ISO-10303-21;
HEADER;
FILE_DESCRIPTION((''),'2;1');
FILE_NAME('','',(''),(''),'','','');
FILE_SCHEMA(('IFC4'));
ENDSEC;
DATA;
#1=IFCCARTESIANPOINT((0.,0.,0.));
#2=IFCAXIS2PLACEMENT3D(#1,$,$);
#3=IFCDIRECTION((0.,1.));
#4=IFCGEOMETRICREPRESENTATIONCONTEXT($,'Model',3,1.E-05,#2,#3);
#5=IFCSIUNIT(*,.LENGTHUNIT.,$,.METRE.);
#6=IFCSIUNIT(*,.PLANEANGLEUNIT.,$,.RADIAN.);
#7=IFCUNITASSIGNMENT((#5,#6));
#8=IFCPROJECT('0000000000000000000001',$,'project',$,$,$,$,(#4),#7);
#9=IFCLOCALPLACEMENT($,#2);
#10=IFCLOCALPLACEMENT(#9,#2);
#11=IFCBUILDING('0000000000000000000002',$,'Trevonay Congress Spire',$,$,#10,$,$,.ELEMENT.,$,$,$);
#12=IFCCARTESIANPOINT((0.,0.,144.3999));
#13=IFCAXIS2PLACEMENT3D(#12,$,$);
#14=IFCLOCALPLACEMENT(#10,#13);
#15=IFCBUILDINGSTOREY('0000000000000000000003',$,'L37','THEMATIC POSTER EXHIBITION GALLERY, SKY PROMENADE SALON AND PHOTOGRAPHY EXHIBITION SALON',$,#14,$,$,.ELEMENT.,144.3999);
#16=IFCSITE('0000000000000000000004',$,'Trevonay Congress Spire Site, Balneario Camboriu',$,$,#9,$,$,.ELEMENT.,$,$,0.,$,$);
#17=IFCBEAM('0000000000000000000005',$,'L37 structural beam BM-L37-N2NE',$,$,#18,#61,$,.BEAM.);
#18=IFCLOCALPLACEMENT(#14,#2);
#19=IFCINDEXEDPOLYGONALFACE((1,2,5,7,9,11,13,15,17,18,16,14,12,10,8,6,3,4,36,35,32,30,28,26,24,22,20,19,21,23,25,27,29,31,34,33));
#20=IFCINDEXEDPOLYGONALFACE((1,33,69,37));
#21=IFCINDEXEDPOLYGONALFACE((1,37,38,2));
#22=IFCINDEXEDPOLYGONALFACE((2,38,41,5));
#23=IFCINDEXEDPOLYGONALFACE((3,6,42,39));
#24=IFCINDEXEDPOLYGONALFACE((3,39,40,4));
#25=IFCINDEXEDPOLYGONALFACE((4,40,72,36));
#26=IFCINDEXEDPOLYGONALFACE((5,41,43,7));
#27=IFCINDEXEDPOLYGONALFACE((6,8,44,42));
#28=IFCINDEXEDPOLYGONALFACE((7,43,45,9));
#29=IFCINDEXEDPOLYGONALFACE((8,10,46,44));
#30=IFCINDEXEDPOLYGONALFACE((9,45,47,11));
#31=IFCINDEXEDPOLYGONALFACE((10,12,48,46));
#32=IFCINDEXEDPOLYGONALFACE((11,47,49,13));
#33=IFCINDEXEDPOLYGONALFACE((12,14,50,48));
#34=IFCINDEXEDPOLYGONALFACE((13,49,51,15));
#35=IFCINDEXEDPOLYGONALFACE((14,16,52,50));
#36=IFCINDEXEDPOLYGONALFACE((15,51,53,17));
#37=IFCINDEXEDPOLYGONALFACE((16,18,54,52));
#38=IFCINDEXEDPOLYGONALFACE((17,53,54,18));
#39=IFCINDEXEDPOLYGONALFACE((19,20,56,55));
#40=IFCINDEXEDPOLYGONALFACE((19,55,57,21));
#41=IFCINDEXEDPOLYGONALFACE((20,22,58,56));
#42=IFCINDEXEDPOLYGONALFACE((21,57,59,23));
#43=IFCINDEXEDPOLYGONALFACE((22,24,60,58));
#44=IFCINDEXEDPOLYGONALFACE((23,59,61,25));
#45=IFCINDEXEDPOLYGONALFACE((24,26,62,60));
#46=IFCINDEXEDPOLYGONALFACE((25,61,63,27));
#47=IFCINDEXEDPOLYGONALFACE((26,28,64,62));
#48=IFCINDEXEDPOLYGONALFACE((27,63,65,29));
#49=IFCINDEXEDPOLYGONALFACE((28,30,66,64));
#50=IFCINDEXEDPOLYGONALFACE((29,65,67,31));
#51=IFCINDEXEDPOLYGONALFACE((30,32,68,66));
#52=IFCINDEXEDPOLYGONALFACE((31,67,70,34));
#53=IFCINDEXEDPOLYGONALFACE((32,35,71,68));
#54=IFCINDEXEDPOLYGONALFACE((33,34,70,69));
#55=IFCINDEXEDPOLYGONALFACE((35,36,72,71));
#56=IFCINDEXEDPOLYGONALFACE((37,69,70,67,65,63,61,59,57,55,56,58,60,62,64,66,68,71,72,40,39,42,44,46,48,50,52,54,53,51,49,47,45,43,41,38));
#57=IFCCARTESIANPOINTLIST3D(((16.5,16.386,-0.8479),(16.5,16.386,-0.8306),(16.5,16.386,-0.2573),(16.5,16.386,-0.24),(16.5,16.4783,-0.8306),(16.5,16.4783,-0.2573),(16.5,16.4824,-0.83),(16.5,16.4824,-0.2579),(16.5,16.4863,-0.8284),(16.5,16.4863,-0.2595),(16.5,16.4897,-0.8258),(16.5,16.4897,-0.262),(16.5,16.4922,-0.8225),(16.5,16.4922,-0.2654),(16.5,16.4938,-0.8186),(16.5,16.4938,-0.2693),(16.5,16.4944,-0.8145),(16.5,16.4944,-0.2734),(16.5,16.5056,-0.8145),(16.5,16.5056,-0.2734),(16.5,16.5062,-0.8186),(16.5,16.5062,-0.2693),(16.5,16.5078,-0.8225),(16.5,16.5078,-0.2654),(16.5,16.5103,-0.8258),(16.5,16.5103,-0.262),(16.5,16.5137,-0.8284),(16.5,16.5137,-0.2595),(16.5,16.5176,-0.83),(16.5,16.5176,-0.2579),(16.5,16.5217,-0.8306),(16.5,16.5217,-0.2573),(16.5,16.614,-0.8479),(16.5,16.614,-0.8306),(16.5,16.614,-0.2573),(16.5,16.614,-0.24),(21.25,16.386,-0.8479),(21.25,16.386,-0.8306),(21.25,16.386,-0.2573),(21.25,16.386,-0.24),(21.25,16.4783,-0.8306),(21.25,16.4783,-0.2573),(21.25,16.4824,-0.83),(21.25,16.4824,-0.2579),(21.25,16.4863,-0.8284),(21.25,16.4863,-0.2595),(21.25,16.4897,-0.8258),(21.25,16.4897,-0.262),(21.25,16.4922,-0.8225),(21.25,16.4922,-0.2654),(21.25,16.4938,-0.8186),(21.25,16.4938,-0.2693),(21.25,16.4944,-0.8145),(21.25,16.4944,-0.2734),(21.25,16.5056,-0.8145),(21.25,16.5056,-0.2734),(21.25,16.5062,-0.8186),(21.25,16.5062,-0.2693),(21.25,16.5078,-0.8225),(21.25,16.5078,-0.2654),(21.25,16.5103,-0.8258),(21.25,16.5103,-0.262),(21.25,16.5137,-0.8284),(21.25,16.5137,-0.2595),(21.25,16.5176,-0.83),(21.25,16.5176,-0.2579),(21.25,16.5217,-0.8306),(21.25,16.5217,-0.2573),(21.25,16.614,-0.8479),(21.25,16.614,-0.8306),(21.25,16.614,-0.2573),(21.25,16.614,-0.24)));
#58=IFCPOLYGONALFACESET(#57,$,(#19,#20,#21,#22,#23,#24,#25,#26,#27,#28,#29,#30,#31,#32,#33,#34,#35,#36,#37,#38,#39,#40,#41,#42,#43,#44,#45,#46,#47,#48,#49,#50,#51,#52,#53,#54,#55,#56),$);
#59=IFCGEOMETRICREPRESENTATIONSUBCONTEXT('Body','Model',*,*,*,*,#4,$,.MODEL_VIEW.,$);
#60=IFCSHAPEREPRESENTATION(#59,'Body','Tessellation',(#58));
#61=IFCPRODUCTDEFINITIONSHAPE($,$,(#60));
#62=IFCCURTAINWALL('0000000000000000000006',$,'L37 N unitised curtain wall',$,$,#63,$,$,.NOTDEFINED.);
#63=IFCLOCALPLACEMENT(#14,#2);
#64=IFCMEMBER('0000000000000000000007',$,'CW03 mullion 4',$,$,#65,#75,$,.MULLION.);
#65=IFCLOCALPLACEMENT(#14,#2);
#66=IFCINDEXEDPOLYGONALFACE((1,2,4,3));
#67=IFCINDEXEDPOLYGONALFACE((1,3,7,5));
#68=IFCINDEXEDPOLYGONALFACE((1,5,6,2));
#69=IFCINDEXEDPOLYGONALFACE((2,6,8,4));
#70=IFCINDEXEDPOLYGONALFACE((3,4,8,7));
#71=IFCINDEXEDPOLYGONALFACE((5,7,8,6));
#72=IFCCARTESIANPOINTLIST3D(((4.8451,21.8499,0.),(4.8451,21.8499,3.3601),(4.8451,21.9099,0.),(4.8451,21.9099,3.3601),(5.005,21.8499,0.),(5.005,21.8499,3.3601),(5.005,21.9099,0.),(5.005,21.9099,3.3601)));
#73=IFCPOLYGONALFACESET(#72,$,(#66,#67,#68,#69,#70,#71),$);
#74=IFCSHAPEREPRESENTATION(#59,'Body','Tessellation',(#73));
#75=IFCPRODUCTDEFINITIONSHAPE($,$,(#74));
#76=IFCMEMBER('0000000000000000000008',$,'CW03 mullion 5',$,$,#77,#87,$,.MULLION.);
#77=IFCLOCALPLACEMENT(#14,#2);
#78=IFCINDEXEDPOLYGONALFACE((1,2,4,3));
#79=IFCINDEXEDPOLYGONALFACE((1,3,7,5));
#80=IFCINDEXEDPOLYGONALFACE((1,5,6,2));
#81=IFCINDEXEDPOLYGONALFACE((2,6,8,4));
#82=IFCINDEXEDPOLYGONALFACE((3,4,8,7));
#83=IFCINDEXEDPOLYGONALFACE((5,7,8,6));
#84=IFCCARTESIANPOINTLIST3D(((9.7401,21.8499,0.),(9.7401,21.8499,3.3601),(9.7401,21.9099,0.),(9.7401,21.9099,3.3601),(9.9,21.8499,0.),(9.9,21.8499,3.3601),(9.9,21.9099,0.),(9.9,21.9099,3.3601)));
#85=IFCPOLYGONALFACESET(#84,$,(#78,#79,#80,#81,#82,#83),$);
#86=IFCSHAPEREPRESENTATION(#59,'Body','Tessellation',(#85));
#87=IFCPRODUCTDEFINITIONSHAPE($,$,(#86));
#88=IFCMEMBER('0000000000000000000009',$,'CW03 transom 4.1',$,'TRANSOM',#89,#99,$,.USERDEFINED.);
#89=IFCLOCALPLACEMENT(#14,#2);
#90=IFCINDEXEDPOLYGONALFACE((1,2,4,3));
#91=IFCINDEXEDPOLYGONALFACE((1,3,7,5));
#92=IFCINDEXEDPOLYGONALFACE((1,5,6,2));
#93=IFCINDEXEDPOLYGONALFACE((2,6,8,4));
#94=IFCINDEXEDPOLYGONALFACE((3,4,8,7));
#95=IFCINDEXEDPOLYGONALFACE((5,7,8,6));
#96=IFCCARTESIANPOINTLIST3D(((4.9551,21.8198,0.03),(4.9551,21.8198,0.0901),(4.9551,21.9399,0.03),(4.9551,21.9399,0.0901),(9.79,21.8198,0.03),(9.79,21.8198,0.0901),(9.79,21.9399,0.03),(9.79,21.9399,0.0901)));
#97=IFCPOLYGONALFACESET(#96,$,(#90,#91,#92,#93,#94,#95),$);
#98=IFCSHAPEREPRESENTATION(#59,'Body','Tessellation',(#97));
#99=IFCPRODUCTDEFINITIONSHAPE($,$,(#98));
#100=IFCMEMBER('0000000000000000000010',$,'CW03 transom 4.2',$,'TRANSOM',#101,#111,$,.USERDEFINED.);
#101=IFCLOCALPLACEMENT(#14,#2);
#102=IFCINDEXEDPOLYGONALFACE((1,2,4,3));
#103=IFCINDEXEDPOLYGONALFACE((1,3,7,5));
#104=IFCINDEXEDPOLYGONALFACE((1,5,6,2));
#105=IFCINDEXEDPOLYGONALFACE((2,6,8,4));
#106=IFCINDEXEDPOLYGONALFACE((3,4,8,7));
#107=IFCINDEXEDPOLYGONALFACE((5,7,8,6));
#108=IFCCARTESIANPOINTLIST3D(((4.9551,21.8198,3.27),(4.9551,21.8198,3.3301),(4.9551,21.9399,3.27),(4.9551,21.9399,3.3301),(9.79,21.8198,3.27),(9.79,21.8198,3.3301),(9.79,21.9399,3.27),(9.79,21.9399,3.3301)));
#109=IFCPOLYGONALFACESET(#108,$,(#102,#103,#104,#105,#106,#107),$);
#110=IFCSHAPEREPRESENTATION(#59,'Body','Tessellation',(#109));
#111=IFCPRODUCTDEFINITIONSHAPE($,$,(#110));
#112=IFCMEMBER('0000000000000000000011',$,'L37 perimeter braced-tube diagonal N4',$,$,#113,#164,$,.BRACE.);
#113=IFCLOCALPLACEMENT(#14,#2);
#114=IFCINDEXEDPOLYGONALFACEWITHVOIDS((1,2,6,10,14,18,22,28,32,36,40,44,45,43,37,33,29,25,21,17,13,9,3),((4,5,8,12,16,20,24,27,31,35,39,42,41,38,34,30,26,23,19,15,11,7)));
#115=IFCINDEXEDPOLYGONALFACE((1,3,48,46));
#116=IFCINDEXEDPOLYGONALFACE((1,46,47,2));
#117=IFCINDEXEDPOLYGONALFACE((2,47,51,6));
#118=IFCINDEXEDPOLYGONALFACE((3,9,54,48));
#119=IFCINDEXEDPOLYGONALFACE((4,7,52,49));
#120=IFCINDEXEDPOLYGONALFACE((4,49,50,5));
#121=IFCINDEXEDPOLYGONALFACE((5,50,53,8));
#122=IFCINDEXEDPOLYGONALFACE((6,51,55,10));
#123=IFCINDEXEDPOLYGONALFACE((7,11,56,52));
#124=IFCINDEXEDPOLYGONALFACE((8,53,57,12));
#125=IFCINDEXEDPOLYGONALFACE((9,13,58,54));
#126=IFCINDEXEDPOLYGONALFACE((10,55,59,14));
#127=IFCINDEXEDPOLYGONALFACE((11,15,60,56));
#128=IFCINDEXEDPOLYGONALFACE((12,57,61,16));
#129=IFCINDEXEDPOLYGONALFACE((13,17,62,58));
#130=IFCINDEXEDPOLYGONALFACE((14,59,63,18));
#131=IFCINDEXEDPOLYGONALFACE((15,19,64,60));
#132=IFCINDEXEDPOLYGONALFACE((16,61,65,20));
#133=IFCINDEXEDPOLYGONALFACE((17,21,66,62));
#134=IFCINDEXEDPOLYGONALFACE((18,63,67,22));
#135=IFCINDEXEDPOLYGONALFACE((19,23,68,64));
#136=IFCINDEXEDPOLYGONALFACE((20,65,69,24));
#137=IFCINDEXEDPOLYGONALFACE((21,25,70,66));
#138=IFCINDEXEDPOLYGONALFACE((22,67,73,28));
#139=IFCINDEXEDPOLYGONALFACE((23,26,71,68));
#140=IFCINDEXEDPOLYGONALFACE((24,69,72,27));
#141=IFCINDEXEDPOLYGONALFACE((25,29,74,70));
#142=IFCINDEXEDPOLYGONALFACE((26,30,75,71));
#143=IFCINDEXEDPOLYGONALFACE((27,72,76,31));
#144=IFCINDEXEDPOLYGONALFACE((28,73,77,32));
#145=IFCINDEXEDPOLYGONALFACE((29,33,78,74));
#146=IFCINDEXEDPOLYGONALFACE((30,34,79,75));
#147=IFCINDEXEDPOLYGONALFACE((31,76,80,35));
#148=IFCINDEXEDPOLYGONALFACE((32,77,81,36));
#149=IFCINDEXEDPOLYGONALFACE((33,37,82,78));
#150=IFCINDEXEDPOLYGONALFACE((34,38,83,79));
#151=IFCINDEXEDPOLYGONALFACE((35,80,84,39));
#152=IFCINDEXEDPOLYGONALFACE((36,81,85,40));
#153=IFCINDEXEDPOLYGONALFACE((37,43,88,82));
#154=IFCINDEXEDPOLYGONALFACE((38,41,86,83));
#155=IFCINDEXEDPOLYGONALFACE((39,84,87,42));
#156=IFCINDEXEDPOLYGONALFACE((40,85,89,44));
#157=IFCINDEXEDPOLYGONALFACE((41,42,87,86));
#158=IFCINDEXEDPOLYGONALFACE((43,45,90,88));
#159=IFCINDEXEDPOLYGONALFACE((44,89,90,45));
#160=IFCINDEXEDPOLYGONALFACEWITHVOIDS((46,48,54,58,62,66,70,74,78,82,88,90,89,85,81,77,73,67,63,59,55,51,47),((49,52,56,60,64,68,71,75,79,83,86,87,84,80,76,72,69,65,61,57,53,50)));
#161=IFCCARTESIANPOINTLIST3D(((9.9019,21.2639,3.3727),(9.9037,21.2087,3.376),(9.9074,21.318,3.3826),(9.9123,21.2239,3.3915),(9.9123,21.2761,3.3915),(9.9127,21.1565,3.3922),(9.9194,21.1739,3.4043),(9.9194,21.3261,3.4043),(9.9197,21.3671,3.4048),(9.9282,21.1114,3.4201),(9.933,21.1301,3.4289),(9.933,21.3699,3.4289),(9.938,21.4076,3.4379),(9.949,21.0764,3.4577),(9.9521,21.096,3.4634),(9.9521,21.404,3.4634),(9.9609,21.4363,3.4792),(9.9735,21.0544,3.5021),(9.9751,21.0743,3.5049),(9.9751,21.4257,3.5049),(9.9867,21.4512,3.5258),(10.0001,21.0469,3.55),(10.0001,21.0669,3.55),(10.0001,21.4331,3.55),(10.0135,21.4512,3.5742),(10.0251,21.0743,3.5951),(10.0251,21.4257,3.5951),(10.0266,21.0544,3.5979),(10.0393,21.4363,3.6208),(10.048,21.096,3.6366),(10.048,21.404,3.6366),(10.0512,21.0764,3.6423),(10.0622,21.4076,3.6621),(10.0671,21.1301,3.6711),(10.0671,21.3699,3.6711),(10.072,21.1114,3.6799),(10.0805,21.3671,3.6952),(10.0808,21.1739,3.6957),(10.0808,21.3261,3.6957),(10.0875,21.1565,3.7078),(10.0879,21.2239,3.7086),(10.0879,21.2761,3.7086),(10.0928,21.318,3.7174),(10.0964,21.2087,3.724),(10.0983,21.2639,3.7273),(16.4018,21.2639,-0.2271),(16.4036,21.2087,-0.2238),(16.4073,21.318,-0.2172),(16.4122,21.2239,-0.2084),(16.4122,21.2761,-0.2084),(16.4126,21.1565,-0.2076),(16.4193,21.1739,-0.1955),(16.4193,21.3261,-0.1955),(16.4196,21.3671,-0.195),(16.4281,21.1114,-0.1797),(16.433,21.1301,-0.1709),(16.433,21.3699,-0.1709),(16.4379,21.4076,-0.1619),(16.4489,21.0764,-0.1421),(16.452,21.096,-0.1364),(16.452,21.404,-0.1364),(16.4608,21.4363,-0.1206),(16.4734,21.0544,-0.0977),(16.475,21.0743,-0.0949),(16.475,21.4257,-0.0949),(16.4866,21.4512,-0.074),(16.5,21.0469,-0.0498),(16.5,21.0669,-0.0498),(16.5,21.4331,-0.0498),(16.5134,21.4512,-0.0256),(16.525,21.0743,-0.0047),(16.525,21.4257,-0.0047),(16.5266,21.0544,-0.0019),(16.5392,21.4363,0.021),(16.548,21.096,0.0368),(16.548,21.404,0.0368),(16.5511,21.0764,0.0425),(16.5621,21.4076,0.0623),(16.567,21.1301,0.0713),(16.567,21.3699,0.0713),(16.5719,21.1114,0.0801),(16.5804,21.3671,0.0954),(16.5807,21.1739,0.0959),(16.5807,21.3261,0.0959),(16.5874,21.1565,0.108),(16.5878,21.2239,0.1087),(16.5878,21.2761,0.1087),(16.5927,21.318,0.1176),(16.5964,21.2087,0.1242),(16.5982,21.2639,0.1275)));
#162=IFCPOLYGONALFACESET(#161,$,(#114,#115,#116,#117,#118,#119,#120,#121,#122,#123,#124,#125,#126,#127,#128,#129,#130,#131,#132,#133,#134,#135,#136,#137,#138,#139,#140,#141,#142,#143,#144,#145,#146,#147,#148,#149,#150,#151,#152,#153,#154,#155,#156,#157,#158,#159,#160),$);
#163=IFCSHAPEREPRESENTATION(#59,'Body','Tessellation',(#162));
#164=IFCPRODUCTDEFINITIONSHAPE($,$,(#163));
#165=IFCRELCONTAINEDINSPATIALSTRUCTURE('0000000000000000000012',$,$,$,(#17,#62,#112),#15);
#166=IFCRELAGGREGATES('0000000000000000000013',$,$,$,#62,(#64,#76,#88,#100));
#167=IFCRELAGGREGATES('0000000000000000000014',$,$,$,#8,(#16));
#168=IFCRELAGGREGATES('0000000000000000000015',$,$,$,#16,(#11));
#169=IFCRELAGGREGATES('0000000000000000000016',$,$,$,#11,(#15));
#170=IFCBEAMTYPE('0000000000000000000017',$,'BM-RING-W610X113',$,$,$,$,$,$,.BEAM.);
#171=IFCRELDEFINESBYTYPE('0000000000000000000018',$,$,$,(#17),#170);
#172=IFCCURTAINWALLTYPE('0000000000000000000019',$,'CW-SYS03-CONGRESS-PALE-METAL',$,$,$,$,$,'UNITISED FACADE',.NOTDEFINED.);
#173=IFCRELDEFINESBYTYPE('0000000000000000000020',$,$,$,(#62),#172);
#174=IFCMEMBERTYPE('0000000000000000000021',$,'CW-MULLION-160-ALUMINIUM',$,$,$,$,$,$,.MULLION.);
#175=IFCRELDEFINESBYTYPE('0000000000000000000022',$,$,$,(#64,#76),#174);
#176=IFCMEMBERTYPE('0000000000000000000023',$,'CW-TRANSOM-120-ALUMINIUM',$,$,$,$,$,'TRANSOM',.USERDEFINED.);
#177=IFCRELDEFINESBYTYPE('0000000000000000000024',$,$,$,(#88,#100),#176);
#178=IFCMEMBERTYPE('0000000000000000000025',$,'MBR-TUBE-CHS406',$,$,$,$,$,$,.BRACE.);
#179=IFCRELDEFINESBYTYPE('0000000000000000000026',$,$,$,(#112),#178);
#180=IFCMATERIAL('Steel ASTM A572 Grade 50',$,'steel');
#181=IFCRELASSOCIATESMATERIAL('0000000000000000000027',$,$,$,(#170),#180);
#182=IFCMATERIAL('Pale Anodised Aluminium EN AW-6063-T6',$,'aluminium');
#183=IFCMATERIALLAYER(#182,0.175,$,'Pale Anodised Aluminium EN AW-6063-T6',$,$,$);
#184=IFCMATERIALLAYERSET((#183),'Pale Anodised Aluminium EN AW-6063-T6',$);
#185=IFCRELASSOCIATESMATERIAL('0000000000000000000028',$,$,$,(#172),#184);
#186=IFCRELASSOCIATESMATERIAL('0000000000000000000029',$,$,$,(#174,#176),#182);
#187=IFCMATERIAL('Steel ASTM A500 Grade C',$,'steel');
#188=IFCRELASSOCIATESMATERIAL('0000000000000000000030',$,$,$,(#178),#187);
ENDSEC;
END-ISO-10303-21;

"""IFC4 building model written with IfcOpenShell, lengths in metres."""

from ifc_helpers import new_model, si_unit, direction, frame, origin, origin_2d, place, context, subcontext, project, spatial, rectangle, hollow_circle, i_section, extrude, material, layer, layer_set, material_profile, profile_set, type_object, element, aggregate, save


model = new_model("IFC4")

# Units and contexts
model_context = context("Model", 3, precision=1e-05, world=origin(), true_north=direction((0.0, 1.0)))
body_context = subcontext(model_context, "Body", "Model", "MODEL_VIEW")
ifc_project = project(units=[si_unit("LENGTHUNIT", "METRE"), si_unit("PLANEANGLEUNIT", "RADIAN")], contexts=[model_context])

# Site, building, storey
site_placement = place(None, origin())
site = spatial("IfcSite", under=ifc_project, at=site_placement, Name="Trevonay Congress Spire Site, Balneario Camboriu", CompositionType="ELEMENT", RefElevation=0.0)
building_placement = place(site_placement, origin())
building = spatial("IfcBuilding", under=site, at=building_placement, Name="Trevonay Congress Spire", CompositionType="ELEMENT")
storey_placement = place(building_placement, frame((0.0, 0.0, 144.3999)))
storey = spatial("IfcBuildingStorey", under=building, at=storey_placement, Name="L37", Description="THEMATIC POSTER EXHIBITION GALLERY, SKY PROMENADE SALON AND PHOTOGRAPHY EXHIBITION SALON", CompositionType="ELEMENT", Elevation=144.3999)

# Shared definitions
ifc_material_1 = material(Name="Steel ASTM A572 Grade 50", Category="steel")

# Beam
ifc_material_profile_1 = material_profile(ifc_material_1, i_section(OverallWidth=0.228, OverallDepth=0.6079, WebThickness=0.0112, FlangeThickness=0.0173, FilletRadius=0.0161, at=origin_2d()), Name="W610x113")
ifc_profile_set_1 = profile_set([ifc_material_profile_1], Name="Steel ASTM A572 Grade 50")
beam_type = type_object("IfcBeamType", Name="BM-RING-W610X113", PredefinedType="BEAM", material=ifc_profile_set_1)
for number, where, z_axis, x_axis, name in (
    (1, (21.25, 16.5, -0.5439), (-1.0, 0.0, 0.0), (0.0, -1.0, 0.0), "L37 structural beam BM-L37-N2NE"),
):
    element("IfcBeam", number, at=place(storey_placement, frame(where, z_axis=z_axis, x_axis=x_axis)), inside=storey, type_object=beam_type, Name=name, PredefinedType="BEAM", context=body_context, shape_type="SweptSolid", body=[
        extrude(i_section(OverallWidth=0.228, OverallDepth=0.6079, WebThickness=0.0112, FlangeThickness=0.0173, FilletRadius=0.0161, at=origin_2d()), origin(), (0.0, 0.0, 1.0), 4.75),
    ])

# Curtain wall, members
ifc_material_2 = material(Name="Pale Anodised Aluminium EN AW-6063-T6", Category="aluminium")
ifc_layer_1 = layer(ifc_material_2, 0.175, Name="Pale Anodised Aluminium EN AW-6063-T6")
ifc_layer_set_1 = layer_set([ifc_layer_1], Name="Pale Anodised Aluminium EN AW-6063-T6")
curtain_wall_type = type_object("IfcCurtainWallType", Name="CW-SYS03-CONGRESS-PALE-METAL", ElementType="UNITISED FACADE", PredefinedType="NOTDEFINED", material=ifc_layer_set_1)
curtain_wall_placement = place(storey_placement, origin())
curtain_wall = element("IfcCurtainWall", 2, at=curtain_wall_placement, inside=storey, type_object=curtain_wall_type, Name="L37 N unitised curtain wall", PredefinedType="NOTDEFINED")
ifc_material_profile_2 = material_profile(ifc_material_2, rectangle(XDim=0.0601, YDim=0.1599, at=origin_2d()), Name="CW-MULLION-160-ALUMINIUM")
ifc_profile_set_2 = profile_set([ifc_material_profile_2], Name="Pale Anodised Aluminium EN AW-6063-T6")
member_type_1 = type_object("IfcMemberType", Name="CW-MULLION-160-ALUMINIUM", PredefinedType="MULLION", material=ifc_profile_set_2)
member_1_placement = place(storey_placement, frame((4.925, 21.8799, 0.0), z_axis=(0.0, 0.0, 1.0), x_axis=(0.0, 1.0, 0.0)))
member_1 = element("IfcMember", 3, at=member_1_placement, type_object=member_type_1, Name="CW03 mullion 4", PredefinedType="MULLION", context=body_context, shape_type="SweptSolid", body=[
    extrude(rectangle(XDim=0.0601, YDim=0.1599, at=origin_2d()), origin(), (0.0, 0.0, 1.0), 3.3601),
])
member_2_placement = place(storey_placement, frame((9.8201, 21.8799, 0.0), z_axis=(0.0, 0.0, 1.0), x_axis=(0.0, 1.0, 0.0)))
member_2 = element("IfcMember", 4, at=member_2_placement, type_object=member_type_1, Name="CW03 mullion 5", PredefinedType="MULLION", context=body_context, shape_type="SweptSolid", body=[
    extrude(rectangle(XDim=0.0601, YDim=0.1599, at=origin_2d()), origin(), (0.0, 0.0, 1.0), 3.3601),
])
ifc_material_profile_3 = material_profile(ifc_material_2, rectangle(XDim=0.1201, YDim=0.0601, at=origin_2d()), Name="CW-TRANSOM-120-ALUMINIUM")
ifc_profile_set_3 = profile_set([ifc_material_profile_3], Name="Pale Anodised Aluminium EN AW-6063-T6")
member_type_2 = type_object("IfcMemberType", Name="CW-TRANSOM-120-ALUMINIUM", ElementType="TRANSOM", PredefinedType="USERDEFINED", material=ifc_profile_set_3)
member_3_placement = place(storey_placement, frame((4.9551, 21.8799, 0.0601), z_axis=(1.0, 0.0, 0.0), x_axis=(0.0, 1.0, 0.0)))
member_3 = element("IfcMember", 5, at=member_3_placement, type_object=member_type_2, Name="CW03 transom 4.1", ObjectType="TRANSOM", PredefinedType="USERDEFINED", context=body_context, shape_type="SweptSolid", body=[
    extrude(rectangle(XDim=0.1201, YDim=0.0601, at=origin_2d()), origin(), (0.0, 0.0, 1.0), 4.835),
])
member_4_placement = place(storey_placement, frame((4.9551, 21.8799, 3.3), z_axis=(1.0, 0.0, 0.0), x_axis=(0.0, 1.0, 0.0)))
member_4 = element("IfcMember", 6, at=member_4_placement, type_object=member_type_2, Name="CW03 transom 4.2", ObjectType="TRANSOM", PredefinedType="USERDEFINED", context=body_context, shape_type="SweptSolid", body=[
    extrude(rectangle(XDim=0.1201, YDim=0.0601, at=origin_2d()), origin(), (0.0, 0.0, 1.0), 4.835),
])

# Member
ifc_material_3 = material(Name="Steel ASTM A500 Grade C", Category="steel")
ifc_material_profile_4 = material_profile(ifc_material_3, hollow_circle(Radius=0.2031, WallThickness=0.02, at=origin_2d()), Name="CHS 406.4x20")
ifc_profile_set_4 = profile_set([ifc_material_profile_4], Name="Steel ASTM A500 Grade C")
member_type_3 = type_object("IfcMemberType", Name="MBR-TUBE-CHS406", PredefinedType="BRACE", material=ifc_profile_set_4)
for number, where, z_axis, x_axis, name in (
    (7, (16.5, 21.25, -0.0498), (-0.8748, 0.0, 0.484485), (0.0, -1.0, 0.0), "L37 perimeter braced-tube diagonal N4"),
):
    element("IfcMember", number, at=place(storey_placement, frame(where, z_axis=z_axis, x_axis=x_axis)), inside=storey, type_object=member_type_3, Name=name, PredefinedType="BRACE", context=body_context, shape_type="SweptSolid", body=[
        extrude(hollow_circle(Radius=0.2031, WallThickness=0.02, at=origin_2d()), origin(), (0.0, 0.0, 1.0), 7.4302),
    ])

aggregate(curtain_wall, [member_1, member_2, member_3, member_4])

save(model, "model.ifc")
